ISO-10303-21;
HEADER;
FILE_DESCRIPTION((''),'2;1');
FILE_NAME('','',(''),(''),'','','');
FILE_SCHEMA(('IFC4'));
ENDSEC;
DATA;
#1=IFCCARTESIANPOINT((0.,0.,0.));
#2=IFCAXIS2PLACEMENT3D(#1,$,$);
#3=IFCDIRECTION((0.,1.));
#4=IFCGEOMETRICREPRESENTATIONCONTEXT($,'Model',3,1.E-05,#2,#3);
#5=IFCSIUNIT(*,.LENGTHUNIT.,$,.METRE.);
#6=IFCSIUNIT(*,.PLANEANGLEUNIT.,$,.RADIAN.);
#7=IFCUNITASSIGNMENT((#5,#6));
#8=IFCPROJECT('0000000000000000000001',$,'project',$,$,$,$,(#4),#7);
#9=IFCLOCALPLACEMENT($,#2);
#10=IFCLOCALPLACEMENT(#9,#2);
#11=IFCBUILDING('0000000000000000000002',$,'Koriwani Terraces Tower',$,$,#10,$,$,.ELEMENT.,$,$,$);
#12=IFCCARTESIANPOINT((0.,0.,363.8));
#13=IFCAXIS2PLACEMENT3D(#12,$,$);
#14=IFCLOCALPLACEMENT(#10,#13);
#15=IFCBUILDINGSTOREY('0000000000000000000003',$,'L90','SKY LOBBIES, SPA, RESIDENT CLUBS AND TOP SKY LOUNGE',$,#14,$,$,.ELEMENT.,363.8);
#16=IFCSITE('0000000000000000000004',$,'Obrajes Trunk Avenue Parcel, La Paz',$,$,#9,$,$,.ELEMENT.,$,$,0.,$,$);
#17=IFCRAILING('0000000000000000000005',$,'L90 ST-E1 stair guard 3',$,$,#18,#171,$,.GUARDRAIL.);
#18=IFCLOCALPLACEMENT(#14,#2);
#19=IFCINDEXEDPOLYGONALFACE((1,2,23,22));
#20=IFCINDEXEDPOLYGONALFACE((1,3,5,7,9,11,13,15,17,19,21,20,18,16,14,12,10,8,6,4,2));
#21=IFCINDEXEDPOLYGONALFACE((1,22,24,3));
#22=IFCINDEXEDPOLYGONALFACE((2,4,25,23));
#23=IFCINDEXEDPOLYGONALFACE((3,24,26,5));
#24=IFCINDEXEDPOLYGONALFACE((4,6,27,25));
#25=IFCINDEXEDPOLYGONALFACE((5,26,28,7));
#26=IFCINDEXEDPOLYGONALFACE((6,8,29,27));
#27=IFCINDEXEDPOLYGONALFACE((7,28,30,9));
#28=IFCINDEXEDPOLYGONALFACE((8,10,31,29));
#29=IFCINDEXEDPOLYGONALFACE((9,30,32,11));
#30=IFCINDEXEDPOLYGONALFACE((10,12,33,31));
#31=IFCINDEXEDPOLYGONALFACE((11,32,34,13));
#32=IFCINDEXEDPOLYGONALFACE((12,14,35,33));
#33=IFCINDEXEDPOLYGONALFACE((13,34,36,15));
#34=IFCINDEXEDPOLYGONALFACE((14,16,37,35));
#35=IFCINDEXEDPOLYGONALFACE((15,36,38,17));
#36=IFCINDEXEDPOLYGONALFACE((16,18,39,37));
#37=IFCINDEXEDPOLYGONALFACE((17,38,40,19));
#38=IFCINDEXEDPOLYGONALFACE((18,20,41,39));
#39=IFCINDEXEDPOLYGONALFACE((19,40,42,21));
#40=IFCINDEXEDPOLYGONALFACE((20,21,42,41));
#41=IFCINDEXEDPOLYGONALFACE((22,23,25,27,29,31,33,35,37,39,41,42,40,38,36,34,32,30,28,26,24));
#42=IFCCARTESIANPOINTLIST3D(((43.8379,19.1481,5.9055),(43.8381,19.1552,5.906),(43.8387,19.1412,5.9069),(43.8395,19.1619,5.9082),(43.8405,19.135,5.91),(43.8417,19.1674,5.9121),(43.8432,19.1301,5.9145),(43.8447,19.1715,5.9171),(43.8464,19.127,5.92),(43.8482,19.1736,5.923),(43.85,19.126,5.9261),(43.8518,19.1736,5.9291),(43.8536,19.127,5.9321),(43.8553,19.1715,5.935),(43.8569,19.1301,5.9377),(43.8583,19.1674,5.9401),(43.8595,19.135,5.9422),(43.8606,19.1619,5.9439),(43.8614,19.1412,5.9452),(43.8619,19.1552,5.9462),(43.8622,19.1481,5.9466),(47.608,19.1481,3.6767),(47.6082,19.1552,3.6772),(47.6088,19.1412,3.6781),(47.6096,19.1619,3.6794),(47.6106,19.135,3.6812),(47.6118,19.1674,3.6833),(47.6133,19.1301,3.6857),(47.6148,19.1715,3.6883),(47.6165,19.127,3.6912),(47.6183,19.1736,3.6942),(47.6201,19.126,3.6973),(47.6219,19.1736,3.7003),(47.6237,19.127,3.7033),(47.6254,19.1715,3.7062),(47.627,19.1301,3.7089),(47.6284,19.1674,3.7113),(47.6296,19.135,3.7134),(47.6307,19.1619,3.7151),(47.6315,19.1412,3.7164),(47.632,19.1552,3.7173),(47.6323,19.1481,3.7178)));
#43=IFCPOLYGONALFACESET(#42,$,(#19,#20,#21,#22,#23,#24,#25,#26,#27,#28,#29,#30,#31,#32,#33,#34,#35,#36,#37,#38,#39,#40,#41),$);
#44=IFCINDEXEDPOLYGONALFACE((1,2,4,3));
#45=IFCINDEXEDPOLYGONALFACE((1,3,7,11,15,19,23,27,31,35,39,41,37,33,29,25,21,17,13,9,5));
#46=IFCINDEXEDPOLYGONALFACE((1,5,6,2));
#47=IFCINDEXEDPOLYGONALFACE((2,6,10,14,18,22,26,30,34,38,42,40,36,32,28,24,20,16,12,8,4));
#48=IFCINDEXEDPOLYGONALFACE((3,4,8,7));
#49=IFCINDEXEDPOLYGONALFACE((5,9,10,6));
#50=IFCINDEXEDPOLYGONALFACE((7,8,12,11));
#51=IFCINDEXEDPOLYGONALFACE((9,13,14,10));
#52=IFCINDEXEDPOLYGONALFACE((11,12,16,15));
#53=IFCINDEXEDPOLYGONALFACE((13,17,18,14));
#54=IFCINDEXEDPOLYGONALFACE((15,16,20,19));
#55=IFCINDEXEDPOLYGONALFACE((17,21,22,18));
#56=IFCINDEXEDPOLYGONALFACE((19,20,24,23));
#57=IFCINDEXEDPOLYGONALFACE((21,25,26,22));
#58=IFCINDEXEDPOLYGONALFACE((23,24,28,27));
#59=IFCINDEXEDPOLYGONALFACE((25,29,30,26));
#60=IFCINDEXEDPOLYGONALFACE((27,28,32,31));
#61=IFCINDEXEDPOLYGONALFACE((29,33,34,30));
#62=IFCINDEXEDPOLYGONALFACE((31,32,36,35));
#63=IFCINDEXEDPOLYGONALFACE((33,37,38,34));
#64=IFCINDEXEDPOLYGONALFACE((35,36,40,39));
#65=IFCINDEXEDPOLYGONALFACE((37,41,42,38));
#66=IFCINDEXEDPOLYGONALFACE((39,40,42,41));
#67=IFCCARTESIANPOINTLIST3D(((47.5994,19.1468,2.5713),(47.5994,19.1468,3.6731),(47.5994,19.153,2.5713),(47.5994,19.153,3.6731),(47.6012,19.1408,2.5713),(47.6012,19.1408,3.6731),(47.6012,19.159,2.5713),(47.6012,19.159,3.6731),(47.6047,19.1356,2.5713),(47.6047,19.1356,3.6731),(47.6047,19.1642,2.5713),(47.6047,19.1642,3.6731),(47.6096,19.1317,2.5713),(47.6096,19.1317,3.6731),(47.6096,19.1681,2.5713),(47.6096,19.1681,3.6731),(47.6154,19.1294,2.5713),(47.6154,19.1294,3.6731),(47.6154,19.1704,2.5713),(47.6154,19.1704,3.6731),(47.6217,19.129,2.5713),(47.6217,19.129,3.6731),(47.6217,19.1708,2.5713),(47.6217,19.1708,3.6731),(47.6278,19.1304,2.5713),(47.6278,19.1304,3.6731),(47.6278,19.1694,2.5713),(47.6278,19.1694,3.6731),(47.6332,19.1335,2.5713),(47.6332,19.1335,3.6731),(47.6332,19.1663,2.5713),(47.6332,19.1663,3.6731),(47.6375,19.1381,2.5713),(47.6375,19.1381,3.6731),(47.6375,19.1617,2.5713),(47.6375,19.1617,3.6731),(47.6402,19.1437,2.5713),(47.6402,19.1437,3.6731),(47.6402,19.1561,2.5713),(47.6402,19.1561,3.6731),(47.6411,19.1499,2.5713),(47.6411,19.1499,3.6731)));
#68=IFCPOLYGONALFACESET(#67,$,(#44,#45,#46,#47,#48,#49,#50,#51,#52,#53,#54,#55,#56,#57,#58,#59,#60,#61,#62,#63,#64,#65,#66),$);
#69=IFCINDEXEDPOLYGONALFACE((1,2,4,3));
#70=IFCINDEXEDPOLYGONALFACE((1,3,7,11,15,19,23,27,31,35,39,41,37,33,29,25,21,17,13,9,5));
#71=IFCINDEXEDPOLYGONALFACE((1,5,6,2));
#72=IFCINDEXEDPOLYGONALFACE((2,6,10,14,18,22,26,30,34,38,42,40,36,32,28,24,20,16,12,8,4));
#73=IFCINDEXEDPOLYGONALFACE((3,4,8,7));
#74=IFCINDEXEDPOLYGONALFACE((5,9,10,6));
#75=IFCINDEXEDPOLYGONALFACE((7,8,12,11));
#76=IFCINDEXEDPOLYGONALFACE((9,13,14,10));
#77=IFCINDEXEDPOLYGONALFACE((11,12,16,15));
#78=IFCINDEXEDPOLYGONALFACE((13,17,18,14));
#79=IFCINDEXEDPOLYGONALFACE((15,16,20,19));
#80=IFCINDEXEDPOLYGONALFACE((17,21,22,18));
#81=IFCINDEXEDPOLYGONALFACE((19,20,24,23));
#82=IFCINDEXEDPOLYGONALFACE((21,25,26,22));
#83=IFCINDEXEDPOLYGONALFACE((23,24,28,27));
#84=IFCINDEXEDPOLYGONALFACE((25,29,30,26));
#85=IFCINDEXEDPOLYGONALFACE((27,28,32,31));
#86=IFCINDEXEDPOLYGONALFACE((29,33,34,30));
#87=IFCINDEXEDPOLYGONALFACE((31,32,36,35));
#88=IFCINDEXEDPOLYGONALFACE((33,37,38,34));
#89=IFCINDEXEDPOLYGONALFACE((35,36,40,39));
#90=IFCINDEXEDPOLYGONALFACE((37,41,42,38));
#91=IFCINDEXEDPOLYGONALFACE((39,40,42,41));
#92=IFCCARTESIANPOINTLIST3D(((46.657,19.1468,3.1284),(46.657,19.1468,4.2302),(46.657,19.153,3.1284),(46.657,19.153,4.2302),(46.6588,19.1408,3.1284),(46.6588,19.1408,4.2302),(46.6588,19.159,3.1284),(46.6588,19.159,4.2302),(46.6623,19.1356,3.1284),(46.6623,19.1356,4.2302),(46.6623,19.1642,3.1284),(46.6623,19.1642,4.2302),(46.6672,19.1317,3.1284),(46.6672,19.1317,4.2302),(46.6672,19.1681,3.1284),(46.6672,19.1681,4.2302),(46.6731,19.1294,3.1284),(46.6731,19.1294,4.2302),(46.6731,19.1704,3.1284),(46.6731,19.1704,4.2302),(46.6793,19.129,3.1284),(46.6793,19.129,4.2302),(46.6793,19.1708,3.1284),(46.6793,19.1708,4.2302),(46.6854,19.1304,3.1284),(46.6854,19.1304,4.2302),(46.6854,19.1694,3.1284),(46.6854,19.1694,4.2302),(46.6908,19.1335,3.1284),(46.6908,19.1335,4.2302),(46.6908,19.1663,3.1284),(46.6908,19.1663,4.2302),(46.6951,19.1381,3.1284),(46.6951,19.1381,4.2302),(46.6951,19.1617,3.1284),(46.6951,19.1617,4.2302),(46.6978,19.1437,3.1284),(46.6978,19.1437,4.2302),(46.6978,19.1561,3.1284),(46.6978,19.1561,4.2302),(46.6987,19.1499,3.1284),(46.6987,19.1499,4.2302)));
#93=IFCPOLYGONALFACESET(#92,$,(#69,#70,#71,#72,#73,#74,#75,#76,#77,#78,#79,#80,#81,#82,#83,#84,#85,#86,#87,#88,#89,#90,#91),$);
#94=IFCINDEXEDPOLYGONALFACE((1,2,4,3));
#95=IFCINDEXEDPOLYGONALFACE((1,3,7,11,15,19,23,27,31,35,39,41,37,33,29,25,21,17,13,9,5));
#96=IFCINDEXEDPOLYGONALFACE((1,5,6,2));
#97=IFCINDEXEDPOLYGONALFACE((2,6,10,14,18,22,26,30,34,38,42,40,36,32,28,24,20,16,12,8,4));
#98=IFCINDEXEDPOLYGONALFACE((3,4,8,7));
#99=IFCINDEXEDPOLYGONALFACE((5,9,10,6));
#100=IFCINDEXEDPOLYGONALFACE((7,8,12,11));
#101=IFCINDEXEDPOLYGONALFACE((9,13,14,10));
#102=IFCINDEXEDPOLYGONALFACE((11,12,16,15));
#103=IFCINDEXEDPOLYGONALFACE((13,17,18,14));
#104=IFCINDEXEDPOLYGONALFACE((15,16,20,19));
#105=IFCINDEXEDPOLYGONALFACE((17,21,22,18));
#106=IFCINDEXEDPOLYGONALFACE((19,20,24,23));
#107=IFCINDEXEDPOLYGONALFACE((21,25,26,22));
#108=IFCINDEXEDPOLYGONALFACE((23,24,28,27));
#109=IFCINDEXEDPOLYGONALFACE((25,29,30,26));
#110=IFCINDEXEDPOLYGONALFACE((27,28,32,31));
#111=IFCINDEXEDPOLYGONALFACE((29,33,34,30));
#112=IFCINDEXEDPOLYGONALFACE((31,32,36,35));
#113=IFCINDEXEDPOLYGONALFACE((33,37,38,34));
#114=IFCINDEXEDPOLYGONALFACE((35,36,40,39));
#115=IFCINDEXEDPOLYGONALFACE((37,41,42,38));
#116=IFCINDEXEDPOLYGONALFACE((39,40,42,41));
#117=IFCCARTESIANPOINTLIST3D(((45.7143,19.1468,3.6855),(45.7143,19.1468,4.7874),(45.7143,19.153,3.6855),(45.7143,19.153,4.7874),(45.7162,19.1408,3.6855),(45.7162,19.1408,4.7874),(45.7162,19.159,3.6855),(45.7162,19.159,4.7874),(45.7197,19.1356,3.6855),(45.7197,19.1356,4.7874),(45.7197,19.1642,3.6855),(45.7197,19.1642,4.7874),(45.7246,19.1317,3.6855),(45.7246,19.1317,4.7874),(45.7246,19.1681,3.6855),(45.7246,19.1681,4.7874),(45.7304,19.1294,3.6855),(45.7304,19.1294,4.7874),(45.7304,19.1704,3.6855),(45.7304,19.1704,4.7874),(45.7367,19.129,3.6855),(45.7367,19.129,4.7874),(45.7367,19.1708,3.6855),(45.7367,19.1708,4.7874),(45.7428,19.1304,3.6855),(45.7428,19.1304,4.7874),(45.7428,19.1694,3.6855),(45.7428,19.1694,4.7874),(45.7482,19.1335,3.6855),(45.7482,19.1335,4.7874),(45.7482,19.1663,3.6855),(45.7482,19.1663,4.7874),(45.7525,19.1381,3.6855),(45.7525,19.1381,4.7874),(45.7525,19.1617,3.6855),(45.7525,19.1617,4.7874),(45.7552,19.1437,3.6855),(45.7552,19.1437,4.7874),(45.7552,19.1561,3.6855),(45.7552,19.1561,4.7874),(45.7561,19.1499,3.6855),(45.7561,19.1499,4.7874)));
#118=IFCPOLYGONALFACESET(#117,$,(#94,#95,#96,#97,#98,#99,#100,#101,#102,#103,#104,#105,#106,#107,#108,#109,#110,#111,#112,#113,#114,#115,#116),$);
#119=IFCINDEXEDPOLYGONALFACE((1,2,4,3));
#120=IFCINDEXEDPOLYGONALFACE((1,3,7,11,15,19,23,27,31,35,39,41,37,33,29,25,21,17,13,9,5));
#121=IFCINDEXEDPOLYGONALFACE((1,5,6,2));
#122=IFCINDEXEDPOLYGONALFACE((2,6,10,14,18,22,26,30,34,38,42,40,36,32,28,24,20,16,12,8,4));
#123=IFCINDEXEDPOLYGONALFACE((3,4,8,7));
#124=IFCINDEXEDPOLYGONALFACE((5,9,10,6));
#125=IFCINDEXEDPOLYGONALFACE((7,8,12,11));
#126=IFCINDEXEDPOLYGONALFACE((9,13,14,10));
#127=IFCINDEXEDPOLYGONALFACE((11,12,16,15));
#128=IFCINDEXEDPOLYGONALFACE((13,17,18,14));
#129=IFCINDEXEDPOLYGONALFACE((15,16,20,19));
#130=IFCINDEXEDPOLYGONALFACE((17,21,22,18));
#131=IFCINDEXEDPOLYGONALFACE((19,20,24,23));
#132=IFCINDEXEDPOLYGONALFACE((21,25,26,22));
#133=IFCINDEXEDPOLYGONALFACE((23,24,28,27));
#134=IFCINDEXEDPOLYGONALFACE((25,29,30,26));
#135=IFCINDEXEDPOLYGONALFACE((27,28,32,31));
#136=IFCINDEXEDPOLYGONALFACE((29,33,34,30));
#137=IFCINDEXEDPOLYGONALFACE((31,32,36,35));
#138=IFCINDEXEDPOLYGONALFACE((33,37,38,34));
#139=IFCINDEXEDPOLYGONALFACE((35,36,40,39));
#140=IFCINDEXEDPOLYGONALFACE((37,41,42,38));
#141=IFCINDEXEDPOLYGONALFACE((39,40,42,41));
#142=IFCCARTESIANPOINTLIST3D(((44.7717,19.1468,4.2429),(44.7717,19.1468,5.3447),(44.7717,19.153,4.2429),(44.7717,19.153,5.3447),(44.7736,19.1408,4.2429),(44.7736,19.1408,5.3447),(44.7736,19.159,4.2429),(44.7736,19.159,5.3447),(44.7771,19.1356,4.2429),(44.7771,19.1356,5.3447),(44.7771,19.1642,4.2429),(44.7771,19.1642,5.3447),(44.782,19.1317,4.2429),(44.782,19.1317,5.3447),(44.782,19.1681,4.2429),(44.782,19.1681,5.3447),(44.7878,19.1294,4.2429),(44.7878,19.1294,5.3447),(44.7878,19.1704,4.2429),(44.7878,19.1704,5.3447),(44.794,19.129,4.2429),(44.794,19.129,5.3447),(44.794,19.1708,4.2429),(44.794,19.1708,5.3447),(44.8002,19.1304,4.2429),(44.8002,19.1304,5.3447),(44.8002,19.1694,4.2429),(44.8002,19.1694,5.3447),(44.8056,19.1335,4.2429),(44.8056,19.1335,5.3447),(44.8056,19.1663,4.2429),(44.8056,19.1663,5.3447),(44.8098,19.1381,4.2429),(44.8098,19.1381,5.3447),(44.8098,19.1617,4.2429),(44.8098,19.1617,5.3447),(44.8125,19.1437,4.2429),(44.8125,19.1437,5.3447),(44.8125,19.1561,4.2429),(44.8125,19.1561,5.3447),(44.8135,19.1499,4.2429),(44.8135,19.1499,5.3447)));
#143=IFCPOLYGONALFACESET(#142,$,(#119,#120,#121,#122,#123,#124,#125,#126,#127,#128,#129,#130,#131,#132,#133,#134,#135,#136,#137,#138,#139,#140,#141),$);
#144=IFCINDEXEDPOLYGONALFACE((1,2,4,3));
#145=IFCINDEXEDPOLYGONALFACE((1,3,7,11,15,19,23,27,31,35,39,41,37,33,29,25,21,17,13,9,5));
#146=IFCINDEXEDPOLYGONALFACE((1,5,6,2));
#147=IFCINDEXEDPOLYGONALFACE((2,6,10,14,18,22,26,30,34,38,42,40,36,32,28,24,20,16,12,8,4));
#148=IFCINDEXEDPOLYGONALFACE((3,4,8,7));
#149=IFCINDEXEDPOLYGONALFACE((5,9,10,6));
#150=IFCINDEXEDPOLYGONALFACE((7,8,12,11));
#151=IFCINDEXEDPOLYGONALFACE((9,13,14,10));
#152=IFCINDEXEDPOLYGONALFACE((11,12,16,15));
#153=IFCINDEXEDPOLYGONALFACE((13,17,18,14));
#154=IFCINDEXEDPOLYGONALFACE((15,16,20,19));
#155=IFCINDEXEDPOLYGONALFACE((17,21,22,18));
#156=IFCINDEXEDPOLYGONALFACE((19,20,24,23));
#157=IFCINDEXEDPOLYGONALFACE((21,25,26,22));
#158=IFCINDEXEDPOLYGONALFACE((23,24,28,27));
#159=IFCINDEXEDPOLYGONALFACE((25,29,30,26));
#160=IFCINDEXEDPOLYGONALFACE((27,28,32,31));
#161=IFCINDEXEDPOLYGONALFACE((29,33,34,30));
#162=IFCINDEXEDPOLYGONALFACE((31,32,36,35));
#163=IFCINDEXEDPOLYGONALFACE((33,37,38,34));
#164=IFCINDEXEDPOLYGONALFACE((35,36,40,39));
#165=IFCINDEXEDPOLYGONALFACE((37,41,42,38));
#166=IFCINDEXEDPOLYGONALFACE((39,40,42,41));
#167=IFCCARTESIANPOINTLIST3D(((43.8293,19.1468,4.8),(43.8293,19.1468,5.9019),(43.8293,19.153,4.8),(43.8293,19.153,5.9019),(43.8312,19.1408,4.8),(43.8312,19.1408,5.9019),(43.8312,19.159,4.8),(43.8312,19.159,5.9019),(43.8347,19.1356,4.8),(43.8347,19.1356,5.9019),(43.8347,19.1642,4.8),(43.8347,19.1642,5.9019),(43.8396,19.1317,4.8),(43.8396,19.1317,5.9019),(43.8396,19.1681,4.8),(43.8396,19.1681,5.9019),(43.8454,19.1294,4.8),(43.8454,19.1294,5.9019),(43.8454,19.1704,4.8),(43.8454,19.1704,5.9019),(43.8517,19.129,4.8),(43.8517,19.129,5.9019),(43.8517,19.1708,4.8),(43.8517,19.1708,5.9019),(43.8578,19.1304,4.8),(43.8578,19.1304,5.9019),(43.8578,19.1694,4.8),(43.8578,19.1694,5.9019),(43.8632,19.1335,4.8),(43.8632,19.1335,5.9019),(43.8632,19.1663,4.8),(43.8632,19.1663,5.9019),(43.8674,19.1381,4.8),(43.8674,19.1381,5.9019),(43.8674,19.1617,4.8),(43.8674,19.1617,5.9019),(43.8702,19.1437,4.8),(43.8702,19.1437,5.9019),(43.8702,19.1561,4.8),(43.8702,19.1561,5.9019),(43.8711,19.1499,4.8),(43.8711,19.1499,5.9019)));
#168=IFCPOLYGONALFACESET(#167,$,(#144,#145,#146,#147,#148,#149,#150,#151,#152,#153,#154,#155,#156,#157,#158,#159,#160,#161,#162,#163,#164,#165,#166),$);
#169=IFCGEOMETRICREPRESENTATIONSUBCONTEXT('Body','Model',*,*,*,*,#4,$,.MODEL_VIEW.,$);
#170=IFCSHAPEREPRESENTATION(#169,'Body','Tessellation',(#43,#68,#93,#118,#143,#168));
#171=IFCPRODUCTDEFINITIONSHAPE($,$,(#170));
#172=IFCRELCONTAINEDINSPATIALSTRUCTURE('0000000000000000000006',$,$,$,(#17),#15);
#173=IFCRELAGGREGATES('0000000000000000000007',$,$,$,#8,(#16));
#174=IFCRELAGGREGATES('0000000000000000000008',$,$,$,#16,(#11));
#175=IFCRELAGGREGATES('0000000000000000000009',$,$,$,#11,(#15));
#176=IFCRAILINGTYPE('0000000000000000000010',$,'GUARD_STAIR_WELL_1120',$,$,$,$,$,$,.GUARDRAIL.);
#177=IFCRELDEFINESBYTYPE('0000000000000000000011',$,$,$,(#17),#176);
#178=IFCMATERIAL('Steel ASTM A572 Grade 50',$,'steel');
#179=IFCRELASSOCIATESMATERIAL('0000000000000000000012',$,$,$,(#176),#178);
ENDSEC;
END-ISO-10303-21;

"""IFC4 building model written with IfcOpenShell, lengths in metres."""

from ifc_helpers import new_model, si_unit, direction, frame, origin, origin_2d, place, context, subcontext, project, spatial, circle, extrude, material, type_object, element, save


model = new_model("IFC4")

# Units and contexts
model_context = context("Model", 3, precision=1e-05, world=origin(), true_north=direction((0.0, 1.0)))
body_context = subcontext(model_context, "Body", "Model", "MODEL_VIEW")
ifc_project = project(units=[si_unit("LENGTHUNIT", "METRE"), si_unit("PLANEANGLEUNIT", "RADIAN")], contexts=[model_context])

# Site, building, storey
site_placement = place(None, origin())
site = spatial("IfcSite", under=ifc_project, at=site_placement, Name="Obrajes Trunk Avenue Parcel, La Paz", CompositionType="ELEMENT", RefElevation=0.0)
building_placement = place(site_placement, origin())
building = spatial("IfcBuilding", under=site, at=building_placement, Name="Koriwani Terraces Tower", CompositionType="ELEMENT")
storey_placement = place(building_placement, frame((0.0, 0.0, 363.8)))
storey = spatial("IfcBuildingStorey", under=building, at=storey_placement, Name="L90", Description="SKY LOBBIES, SPA, RESIDENT CLUBS AND TOP SKY LOUNGE", CompositionType="ELEMENT", Elevation=363.8)

# Shared definitions
ifc_material_1 = material(Name="Steel ASTM A572 Grade 50", Category="steel")

# Railing
railing_type_1 = type_object("IfcRailingType", Name="GUARD_STAIR_WELL_1120", PredefinedType="GUARDRAIL", material=ifc_material_1)
railing_1_placement = place(storey_placement, frame((47.6201, 19.1499, 2.5713)))
element("IfcRailing", 1, at=railing_1_placement, inside=storey, type_object=railing_type_1, Name="L90 ST-E1 stair guard 3", PredefinedType="GUARDRAIL", context=body_context, shape_type="SweptSolid", body=[
    extrude(circle(Radius=0.0239, at=origin_2d()), frame((0.0, 0.0, 1.126), z_axis=(-0.860824, 0.0, 0.508902), x_axis=(0.0, -1.0, 0.0)), (0.0, 0.0, 1.0), 4.3796),
    extrude(circle(Radius=0.021, at=origin_2d()), origin(), (0.0, 0.0, 1.0), 1.1018),
    extrude(circle(Radius=0.021, at=origin_2d()), frame((-0.9424, 0.0, 0.5571)), (0.0, 0.0, 1.0), 1.1018),
    extrude(circle(Radius=0.021, at=origin_2d()), frame((-1.885, 0.0, 1.1143)), (0.0, 0.0, 1.0), 1.1018),
    extrude(circle(Radius=0.021, at=origin_2d()), frame((-2.8276, 0.0, 1.6716)), (0.0, 0.0, 1.0), 1.1018),
    extrude(circle(Radius=0.021, at=origin_2d()), frame((-3.77, 0.0, 2.2288)), (0.0, 0.0, 1.0), 1.1018),
])

save(model, "model.ifc")
